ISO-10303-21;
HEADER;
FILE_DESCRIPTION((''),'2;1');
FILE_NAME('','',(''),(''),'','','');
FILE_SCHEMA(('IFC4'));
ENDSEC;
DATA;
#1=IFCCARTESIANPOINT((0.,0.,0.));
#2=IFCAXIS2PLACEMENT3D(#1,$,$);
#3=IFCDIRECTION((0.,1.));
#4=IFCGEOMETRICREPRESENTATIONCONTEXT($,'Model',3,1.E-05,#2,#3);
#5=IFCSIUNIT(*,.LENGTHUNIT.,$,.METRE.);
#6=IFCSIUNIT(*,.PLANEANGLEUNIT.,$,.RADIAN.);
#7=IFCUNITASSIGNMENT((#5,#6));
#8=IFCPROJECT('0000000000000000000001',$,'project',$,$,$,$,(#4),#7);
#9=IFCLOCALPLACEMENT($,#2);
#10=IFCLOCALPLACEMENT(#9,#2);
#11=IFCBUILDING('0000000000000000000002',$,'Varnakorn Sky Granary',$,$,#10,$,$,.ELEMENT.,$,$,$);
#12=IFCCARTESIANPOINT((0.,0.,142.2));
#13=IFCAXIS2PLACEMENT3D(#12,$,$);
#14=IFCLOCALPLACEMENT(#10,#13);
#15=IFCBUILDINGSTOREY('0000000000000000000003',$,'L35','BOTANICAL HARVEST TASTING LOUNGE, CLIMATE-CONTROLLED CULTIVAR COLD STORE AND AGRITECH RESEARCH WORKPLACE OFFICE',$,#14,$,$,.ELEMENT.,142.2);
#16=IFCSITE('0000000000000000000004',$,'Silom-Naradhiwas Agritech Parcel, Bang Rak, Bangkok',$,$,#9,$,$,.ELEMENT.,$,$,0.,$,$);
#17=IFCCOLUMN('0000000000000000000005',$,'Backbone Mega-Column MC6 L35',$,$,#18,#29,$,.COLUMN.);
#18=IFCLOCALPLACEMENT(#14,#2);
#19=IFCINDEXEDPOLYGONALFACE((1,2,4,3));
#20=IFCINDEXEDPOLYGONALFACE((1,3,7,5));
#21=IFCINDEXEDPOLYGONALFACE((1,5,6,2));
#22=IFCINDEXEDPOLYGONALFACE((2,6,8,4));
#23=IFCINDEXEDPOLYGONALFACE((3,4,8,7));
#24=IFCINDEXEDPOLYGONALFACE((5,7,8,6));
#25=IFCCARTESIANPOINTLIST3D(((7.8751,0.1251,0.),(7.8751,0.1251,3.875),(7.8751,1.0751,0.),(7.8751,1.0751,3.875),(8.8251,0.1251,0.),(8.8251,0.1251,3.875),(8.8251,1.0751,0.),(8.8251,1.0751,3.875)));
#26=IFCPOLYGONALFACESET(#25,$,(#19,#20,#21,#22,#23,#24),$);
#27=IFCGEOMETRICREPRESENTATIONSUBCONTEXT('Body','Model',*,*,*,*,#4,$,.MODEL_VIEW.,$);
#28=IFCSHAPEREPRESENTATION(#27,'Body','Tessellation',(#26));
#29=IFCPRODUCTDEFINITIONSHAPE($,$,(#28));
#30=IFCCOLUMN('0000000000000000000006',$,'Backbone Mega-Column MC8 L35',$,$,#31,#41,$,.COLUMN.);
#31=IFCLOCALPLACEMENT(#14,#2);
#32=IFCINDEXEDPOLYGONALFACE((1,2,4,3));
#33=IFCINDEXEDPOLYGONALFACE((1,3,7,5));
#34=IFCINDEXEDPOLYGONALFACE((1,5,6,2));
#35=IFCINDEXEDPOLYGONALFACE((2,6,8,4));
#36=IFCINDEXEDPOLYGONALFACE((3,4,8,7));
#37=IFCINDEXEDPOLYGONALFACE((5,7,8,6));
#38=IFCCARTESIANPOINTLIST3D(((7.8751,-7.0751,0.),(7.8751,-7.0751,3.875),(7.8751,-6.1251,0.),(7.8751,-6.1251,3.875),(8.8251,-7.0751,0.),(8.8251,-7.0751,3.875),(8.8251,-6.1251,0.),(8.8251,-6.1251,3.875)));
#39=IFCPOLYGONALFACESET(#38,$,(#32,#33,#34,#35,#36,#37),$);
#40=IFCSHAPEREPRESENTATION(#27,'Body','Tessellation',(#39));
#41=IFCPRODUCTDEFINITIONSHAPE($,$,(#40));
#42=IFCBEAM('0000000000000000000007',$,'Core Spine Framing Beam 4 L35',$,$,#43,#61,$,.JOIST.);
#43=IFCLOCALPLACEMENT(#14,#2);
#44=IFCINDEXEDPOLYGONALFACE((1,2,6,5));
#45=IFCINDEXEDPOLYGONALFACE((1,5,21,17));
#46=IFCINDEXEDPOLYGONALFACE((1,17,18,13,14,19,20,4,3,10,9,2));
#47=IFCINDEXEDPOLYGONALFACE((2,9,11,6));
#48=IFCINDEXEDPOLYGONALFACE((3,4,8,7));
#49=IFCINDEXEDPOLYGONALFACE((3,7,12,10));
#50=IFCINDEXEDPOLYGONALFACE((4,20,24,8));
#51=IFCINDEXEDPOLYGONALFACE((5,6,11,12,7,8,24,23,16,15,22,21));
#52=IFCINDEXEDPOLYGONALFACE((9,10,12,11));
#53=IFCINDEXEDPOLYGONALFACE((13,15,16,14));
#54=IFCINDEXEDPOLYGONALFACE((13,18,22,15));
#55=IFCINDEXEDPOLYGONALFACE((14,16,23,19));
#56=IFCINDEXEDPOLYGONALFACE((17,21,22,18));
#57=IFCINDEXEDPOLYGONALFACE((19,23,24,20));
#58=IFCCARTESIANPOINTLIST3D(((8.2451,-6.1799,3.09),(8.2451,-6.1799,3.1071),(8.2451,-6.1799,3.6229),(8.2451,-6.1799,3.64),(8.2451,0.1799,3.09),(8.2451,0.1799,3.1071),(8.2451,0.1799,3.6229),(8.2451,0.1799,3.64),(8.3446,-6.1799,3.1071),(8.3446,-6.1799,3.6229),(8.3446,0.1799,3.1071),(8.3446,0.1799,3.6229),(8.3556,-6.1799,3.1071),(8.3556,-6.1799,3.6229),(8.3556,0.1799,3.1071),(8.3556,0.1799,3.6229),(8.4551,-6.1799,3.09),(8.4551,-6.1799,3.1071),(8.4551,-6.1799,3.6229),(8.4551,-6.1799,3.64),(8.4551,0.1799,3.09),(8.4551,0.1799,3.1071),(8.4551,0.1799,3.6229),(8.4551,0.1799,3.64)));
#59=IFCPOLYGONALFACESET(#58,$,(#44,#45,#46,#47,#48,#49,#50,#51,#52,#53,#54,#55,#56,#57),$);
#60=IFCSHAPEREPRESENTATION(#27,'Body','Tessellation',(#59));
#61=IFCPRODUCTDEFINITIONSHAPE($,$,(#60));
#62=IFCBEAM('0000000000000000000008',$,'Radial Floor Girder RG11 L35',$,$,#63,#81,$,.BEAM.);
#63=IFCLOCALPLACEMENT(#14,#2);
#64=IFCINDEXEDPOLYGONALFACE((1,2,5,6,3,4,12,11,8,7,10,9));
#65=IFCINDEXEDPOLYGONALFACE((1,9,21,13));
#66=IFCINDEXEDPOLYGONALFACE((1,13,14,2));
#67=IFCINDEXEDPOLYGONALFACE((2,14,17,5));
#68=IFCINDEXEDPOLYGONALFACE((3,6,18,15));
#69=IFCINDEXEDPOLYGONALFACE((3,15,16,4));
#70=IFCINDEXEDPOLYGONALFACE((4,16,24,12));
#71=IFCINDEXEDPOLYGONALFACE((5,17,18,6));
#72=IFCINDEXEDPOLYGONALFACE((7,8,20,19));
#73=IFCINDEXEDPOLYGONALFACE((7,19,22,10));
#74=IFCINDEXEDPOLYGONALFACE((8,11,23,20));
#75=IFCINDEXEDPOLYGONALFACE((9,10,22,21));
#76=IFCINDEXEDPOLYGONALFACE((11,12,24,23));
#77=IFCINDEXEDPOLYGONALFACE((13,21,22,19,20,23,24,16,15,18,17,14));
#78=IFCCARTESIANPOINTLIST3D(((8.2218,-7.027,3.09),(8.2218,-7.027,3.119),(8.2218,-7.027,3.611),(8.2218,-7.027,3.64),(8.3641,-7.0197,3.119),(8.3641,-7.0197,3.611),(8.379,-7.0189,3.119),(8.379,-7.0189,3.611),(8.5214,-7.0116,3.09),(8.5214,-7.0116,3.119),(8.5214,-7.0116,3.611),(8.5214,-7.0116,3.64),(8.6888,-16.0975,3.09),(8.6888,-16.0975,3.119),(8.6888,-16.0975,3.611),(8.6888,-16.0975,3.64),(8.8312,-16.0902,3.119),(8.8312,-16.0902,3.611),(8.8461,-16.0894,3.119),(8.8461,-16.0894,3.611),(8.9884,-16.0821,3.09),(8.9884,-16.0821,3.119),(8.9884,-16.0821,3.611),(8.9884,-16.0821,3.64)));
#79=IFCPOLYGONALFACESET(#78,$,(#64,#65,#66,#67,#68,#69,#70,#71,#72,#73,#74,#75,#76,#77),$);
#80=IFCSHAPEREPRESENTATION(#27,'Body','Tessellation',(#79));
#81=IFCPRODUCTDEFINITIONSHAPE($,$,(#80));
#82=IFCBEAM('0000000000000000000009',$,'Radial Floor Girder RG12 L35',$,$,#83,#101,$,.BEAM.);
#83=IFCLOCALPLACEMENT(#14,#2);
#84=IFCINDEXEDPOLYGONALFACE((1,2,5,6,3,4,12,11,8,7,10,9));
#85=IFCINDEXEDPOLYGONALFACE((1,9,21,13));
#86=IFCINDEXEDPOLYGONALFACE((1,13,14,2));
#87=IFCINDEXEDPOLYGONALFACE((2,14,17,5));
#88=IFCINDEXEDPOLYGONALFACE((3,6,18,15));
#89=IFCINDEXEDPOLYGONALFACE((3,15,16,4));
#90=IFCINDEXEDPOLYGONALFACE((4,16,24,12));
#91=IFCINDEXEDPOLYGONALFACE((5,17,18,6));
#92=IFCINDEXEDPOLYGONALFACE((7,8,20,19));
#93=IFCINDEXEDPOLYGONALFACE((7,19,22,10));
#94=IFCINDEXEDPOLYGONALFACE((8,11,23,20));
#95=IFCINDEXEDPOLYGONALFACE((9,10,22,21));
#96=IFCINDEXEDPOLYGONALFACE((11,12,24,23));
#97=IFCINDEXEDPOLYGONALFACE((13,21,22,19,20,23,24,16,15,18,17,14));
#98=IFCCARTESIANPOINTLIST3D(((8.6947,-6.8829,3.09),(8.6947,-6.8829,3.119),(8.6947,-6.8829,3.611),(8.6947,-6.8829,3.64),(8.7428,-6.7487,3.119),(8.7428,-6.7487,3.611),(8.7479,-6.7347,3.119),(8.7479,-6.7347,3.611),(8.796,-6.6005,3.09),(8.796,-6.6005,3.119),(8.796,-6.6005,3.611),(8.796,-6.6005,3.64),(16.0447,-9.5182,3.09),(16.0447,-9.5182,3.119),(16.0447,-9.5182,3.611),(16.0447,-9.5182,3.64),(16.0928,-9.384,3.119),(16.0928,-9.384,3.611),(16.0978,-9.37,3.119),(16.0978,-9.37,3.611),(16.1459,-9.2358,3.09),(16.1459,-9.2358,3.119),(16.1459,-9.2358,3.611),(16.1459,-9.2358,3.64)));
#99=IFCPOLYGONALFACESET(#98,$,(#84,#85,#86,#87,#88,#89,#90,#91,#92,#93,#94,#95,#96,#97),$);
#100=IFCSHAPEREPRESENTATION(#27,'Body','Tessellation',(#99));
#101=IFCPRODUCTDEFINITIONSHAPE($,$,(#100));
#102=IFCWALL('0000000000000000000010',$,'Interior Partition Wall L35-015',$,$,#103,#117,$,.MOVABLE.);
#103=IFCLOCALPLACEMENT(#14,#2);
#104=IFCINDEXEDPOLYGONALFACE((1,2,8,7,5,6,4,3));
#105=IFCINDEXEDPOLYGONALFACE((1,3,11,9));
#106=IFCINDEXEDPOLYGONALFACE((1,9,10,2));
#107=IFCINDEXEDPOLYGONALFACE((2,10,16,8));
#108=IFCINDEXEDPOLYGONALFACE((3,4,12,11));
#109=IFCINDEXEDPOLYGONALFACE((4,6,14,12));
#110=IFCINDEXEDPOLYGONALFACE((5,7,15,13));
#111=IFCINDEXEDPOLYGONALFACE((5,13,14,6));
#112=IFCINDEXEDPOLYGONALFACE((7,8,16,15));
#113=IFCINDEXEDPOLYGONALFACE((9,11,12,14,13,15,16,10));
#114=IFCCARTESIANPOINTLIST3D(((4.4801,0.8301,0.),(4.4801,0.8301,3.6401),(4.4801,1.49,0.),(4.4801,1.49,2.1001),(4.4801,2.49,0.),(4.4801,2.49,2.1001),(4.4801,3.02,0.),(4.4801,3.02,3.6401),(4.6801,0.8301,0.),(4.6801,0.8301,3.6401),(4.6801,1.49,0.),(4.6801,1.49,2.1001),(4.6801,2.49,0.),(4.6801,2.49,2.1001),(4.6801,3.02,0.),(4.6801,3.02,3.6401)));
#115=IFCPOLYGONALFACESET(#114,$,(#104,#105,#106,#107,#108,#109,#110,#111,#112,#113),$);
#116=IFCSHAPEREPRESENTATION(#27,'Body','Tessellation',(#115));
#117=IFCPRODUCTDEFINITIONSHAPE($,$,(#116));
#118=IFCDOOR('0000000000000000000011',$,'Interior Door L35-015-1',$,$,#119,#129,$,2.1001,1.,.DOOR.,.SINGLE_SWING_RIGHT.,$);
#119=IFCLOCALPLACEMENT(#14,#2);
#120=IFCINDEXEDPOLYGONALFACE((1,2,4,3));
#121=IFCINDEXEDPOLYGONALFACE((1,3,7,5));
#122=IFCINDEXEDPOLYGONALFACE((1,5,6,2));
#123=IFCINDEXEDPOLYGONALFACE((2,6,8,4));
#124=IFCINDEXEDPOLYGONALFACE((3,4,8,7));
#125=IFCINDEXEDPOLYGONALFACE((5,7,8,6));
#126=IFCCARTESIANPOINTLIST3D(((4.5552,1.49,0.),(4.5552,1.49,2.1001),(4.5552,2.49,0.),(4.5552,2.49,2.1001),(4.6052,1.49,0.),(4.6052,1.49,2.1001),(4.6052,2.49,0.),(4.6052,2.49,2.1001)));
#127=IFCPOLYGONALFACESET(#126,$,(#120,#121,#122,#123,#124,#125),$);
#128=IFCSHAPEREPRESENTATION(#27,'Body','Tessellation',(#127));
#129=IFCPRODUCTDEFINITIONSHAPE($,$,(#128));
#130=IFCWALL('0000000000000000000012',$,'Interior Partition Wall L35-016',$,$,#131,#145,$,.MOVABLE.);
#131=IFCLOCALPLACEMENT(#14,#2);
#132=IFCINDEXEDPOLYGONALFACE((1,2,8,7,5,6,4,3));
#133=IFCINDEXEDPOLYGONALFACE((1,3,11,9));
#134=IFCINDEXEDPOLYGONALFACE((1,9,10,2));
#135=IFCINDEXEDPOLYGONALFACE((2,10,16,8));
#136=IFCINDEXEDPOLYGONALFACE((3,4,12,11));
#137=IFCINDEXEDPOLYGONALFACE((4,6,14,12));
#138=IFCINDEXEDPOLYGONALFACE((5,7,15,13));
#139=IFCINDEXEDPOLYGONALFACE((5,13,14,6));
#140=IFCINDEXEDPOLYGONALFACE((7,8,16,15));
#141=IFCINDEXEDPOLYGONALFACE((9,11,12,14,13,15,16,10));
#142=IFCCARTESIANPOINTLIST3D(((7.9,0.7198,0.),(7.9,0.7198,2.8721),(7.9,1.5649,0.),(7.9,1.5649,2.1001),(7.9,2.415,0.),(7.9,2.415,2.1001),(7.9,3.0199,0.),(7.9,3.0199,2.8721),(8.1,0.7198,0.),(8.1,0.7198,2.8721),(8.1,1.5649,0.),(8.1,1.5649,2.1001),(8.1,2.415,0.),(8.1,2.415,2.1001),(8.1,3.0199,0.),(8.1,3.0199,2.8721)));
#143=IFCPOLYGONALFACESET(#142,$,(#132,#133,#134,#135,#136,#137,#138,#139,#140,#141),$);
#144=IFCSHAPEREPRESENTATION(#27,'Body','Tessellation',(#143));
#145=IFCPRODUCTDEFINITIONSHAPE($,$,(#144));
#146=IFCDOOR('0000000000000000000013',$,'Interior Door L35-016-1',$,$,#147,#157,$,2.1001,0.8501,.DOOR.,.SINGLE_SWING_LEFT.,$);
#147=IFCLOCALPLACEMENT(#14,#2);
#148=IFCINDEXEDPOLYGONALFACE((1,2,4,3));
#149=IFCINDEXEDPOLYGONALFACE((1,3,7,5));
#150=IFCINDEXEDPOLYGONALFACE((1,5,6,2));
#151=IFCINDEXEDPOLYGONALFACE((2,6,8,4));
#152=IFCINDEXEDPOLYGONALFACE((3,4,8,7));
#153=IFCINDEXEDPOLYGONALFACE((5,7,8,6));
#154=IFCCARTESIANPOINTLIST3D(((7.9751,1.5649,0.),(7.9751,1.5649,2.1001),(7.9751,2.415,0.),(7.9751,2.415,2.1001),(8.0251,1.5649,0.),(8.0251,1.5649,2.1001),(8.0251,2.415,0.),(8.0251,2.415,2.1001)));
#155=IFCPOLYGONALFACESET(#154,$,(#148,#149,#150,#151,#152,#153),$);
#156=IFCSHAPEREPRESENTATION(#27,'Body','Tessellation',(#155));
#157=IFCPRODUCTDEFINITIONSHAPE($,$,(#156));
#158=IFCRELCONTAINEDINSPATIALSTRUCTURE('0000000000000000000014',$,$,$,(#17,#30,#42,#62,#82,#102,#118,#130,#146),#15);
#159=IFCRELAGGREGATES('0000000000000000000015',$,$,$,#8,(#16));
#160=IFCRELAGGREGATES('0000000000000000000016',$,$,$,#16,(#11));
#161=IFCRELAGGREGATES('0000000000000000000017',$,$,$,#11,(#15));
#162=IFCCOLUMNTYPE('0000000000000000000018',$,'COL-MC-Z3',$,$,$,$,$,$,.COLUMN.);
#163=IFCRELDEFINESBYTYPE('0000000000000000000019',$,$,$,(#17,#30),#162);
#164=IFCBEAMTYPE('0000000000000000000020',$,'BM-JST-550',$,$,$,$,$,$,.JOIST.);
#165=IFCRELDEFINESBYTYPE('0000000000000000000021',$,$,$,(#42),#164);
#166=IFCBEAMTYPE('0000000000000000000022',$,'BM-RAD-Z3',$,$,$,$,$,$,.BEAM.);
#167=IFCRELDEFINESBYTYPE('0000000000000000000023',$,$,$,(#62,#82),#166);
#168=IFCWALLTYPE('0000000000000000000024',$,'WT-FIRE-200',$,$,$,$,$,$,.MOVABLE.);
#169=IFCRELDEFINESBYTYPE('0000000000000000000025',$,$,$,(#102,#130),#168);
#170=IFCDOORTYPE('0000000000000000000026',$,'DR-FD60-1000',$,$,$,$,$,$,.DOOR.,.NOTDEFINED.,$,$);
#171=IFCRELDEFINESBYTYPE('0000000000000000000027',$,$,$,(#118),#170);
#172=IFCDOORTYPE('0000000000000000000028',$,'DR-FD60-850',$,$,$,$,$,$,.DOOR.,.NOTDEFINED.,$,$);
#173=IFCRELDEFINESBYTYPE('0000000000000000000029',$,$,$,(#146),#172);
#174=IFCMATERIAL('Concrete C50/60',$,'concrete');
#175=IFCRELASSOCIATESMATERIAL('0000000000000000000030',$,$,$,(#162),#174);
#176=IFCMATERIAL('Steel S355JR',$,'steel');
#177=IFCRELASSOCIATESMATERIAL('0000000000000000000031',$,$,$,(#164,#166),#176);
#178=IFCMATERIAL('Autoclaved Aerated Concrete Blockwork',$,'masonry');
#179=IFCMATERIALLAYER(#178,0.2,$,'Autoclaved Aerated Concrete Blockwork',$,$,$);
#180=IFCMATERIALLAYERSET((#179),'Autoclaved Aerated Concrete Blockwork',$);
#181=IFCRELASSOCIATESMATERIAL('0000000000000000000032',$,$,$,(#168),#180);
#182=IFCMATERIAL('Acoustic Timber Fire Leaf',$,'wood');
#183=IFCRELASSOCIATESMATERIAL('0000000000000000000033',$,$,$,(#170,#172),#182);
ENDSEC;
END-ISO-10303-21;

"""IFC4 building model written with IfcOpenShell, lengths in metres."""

from ifc_helpers import new_model, si_unit, direction, frame, frame_2d, origin, origin_2d, place, context, subcontext, project, spatial, rectangle, i_section, extrude, material, layer, layer_set, material_profile, profile_set, type_object, element, fill, save


model = new_model("IFC4")

# Units and contexts
model_context = context("Model", 3, precision=1e-05, world=origin(), true_north=direction((0.0, 1.0)))
body_context = subcontext(model_context, "Body", "Model", "MODEL_VIEW")
ifc_project = project(units=[si_unit("LENGTHUNIT", "METRE"), si_unit("PLANEANGLEUNIT", "RADIAN")], contexts=[model_context])

# Site, building, storey
site_placement = place(None, origin())
site = spatial("IfcSite", under=ifc_project, at=site_placement, Name="Silom-Naradhiwas Agritech Parcel, Bang Rak, Bangkok", CompositionType="ELEMENT", RefElevation=0.0)
building_placement = place(site_placement, origin())
building = spatial("IfcBuilding", under=site, at=building_placement, Name="Varnakorn Sky Granary", CompositionType="ELEMENT")
storey_placement = place(building_placement, frame((0.0, 0.0, 142.2)))
storey = spatial("IfcBuildingStorey", under=building, at=storey_placement, Name="L35", Description="BOTANICAL HARVEST TASTING LOUNGE, CLIMATE-CONTROLLED CULTIVAR COLD STORE AND AGRITECH RESEARCH WORKPLACE OFFICE", CompositionType="ELEMENT", Elevation=142.2)

# Columns
ifc_material_1 = material(Name="Concrete C50/60", Category="concrete")
ifc_material_profile_1 = material_profile(ifc_material_1, rectangle(XDim=0.95, YDim=0.95, at=origin_2d()), Name="RC 950x950")
ifc_profile_set_1 = profile_set([ifc_material_profile_1], Name="Concrete C50/60")
column_type = type_object("IfcColumnType", Name="COL-MC-Z3", PredefinedType="COLUMN", material=ifc_profile_set_1)
for number, where, z_axis, x_axis, name in (
    (1, (8.3501, 0.6001, 0.0), (0.0, 0.0, 1.0), (1.0, 0.0, 0.0), "Backbone Mega-Column MC6 L35"),
    (2, (8.3501, -6.6001, 0.0), (0.0, 0.0, 1.0), (1.0, 0.0, 0.0), "Backbone Mega-Column MC8 L35"),
):
    element("IfcColumn", number, at=place(storey_placement, frame(where, z_axis=z_axis, x_axis=x_axis)), inside=storey, type_object=column_type, Name=name, PredefinedType="COLUMN", context=body_context, shape_type="SweptSolid", body=[
        extrude(rectangle(XDim=0.95, YDim=0.95, at=origin_2d()), origin(), (0.0, 0.0, 1.0), 3.875),
    ])

# Beams
ifc_material_2 = material(Name="Steel S355JR", Category="steel")
ifc_material_profile_2 = material_profile(ifc_material_2, i_section(OverallWidth=0.21, OverallDepth=0.55, WebThickness=0.011, FlangeThickness=0.0171, at=origin_2d()), Name="IPE 550")
ifc_profile_set_2 = profile_set([ifc_material_profile_2], Name="Steel S355JR")
beam_type_1 = type_object("IfcBeamType", Name="BM-JST-550", PredefinedType="JOIST", material=ifc_profile_set_2)
beam_1_placement = place(storey_placement, frame((8.3501, 0.1799, 3.365), z_axis=(0.0, -1.0, 0.0), x_axis=(1.0, 0.0, 0.0)))
element("IfcBeam", 3, at=beam_1_placement, inside=storey, type_object=beam_type_1, Name="Core Spine Framing Beam 4 L35", PredefinedType="JOIST", context=body_context, shape_type="SweptSolid", body=[
    extrude(i_section(OverallWidth=0.21, OverallDepth=0.55, WebThickness=0.011, FlangeThickness=0.0171, at=origin_2d()), origin(), (0.0, 0.0, 1.0), 6.3599),
])
ifc_material_profile_3 = material_profile(ifc_material_2, i_section(OverallWidth=0.3, OverallDepth=0.55, WebThickness=0.0149, FlangeThickness=0.0291, at=origin_2d()), Name="HE 550 B")
ifc_profile_set_3 = profile_set([ifc_material_profile_3], Name="Steel S355JR")
beam_type_2 = type_object("IfcBeamType", Name="BM-RAD-Z3", PredefinedType="BEAM", material=ifc_profile_set_3)
beam_2_placement = place(storey_placement, frame((8.3716, -7.0193, 3.365), z_axis=(0.051422, -0.998677, 0.0), x_axis=(0.998677, 0.051422, 0.0)))
element("IfcBeam", 4, at=beam_2_placement, inside=storey, type_object=beam_type_2, Name="Radial Floor Girder RG11 L35", PredefinedType="BEAM", context=body_context, shape_type="SweptSolid", body=[
    extrude(i_section(OverallWidth=0.3, OverallDepth=0.55, WebThickness=0.0149, FlangeThickness=0.0291, at=origin_2d()), origin(), (0.0, 0.0, 1.0), 9.0825),
])
beam_3_placement = place(storey_placement, frame((8.7454, -6.7417, 3.365), z_axis=(0.941323, -0.337507, 0.0), x_axis=(0.337507, 0.941323, 0.0)))
element("IfcBeam", 5, at=beam_3_placement, inside=storey, type_object=beam_type_2, Name="Radial Floor Girder RG12 L35", PredefinedType="BEAM", context=body_context, shape_type="SweptSolid", body=[
    extrude(i_section(OverallWidth=0.3, OverallDepth=0.55, WebThickness=0.0149, FlangeThickness=0.0291, at=origin_2d()), origin(), (0.0, 0.0, 1.0), 7.8081),
])

# Walls, openings, doors
ifc_material_3 = material(Name="Autoclaved Aerated Concrete Blockwork", Category="masonry")
ifc_layer_1 = layer(ifc_material_3, 0.2, Name="Autoclaved Aerated Concrete Blockwork")
ifc_layer_set_1 = layer_set([ifc_layer_1], Name="Autoclaved Aerated Concrete Blockwork")
wall_type_1 = type_object("IfcWallType", Name="WT-FIRE-200", PredefinedType="MOVABLE", material=ifc_layer_set_1)
wall_1_placement = place(storey_placement, frame((4.5801, 0.8301, 0.0), z_axis=(0.0, 0.0, 1.0), x_axis=(0.0, 1.0, 0.0)))
wall_1 = element("IfcWall", 6, at=wall_1_placement, inside=storey, type_object=wall_type_1, Name="Interior Partition Wall L35-015", PredefinedType="MOVABLE", context=body_context, shape_type="SweptSolid", body=[
    extrude(rectangle(XDim=2.1899, YDim=0.2, at=frame_2d((1.095, 0.0))), origin(), (0.0, 0.0, 1.0), 3.6401),
])
opening_1_placement = place(wall_1_placement, frame((0.6599, 0.0, 0.0)))
opening_1 = element("IfcOpeningElement", 7, at=opening_1_placement, cuts=wall_1, PredefinedType="OPENING", context=body_context, shape_type="SweptSolid", body=[
    extrude(rectangle(XDim=1.0, YDim=2.1001, at=frame_2d((0.5, 1.05))), frame((0.0, 0.1099, 0.0), z_axis=(0.0, -1.0, 0.0), x_axis=(1.0, 0.0, 0.0)), (0.0, 0.0, 1.0), 0.22),
])
ifc_material_4 = material(Name="Acoustic Timber Fire Leaf", Category="wood")
door_type_1 = type_object("IfcDoorType", Name="DR-FD60-1000", OperationType="NOTDEFINED", PredefinedType="DOOR", material=ifc_material_4)
door_1_placement = place(opening_1_placement, origin())
door_1 = element("IfcDoor", 8, at=door_1_placement, inside=storey, type_object=door_type_1, Name="Interior Door L35-015-1", OperationType="SINGLE_SWING_RIGHT", OverallHeight=2.1001, OverallWidth=1.0, PredefinedType="DOOR", context=body_context, shape_type="SweptSolid", body=[
    extrude(rectangle(XDim=1.0, YDim=2.1001, at=frame_2d((0.5, 1.05))), frame((0.0, 0.0249, 0.0), z_axis=(0.0, -1.0, 0.0), x_axis=(1.0, 0.0, 0.0)), (0.0, 0.0, 1.0), 0.05),
])
fill(opening_1, door_1)
wall_2_placement = place(storey_placement, frame((8.0, 0.72, 0.0), z_axis=(0.0, 0.0, 1.0), x_axis=(0.0, 1.0, 0.0)))
wall_2 = element("IfcWall", 9, at=wall_2_placement, inside=storey, type_object=wall_type_1, Name="Interior Partition Wall L35-016", PredefinedType="MOVABLE", context=body_context, shape_type="SweptSolid", body=[
    extrude(rectangle(XDim=2.3, YDim=0.2, at=frame_2d((1.1499, 0.0))), origin(), (0.0, 0.0, 1.0), 2.8721),
])
opening_2_placement = place(wall_2_placement, frame((0.845, 0.0, 0.0)))
opening_2 = element("IfcOpeningElement", 10, at=opening_2_placement, cuts=wall_2, PredefinedType="OPENING", context=body_context, shape_type="SweptSolid", body=[
    extrude(rectangle(XDim=0.8501, YDim=2.1001, at=frame_2d((0.425, 1.05))), frame((0.0, 0.1099, 0.0), z_axis=(0.0, -1.0, 0.0), x_axis=(1.0, 0.0, 0.0)), (0.0, 0.0, 1.0), 0.22),
])
door_type_2 = type_object("IfcDoorType", Name="DR-FD60-850", OperationType="NOTDEFINED", PredefinedType="DOOR", material=ifc_material_4)
door_2_placement = place(opening_2_placement, origin())
door_2 = element("IfcDoor", 11, at=door_2_placement, inside=storey, type_object=door_type_2, Name="Interior Door L35-016-1", OperationType="SINGLE_SWING_LEFT", OverallHeight=2.1001, OverallWidth=0.8501, PredefinedType="DOOR", context=body_context, shape_type="SweptSolid", body=[
    extrude(rectangle(XDim=0.8501, YDim=2.1001, at=frame_2d((0.425, 1.05))), frame((0.0, 0.0249, 0.0), z_axis=(0.0, -1.0, 0.0), x_axis=(1.0, 0.0, 0.0)), (0.0, 0.0, 1.0), 0.05),
])
fill(opening_2, door_2)

save(model, "model.ifc")
